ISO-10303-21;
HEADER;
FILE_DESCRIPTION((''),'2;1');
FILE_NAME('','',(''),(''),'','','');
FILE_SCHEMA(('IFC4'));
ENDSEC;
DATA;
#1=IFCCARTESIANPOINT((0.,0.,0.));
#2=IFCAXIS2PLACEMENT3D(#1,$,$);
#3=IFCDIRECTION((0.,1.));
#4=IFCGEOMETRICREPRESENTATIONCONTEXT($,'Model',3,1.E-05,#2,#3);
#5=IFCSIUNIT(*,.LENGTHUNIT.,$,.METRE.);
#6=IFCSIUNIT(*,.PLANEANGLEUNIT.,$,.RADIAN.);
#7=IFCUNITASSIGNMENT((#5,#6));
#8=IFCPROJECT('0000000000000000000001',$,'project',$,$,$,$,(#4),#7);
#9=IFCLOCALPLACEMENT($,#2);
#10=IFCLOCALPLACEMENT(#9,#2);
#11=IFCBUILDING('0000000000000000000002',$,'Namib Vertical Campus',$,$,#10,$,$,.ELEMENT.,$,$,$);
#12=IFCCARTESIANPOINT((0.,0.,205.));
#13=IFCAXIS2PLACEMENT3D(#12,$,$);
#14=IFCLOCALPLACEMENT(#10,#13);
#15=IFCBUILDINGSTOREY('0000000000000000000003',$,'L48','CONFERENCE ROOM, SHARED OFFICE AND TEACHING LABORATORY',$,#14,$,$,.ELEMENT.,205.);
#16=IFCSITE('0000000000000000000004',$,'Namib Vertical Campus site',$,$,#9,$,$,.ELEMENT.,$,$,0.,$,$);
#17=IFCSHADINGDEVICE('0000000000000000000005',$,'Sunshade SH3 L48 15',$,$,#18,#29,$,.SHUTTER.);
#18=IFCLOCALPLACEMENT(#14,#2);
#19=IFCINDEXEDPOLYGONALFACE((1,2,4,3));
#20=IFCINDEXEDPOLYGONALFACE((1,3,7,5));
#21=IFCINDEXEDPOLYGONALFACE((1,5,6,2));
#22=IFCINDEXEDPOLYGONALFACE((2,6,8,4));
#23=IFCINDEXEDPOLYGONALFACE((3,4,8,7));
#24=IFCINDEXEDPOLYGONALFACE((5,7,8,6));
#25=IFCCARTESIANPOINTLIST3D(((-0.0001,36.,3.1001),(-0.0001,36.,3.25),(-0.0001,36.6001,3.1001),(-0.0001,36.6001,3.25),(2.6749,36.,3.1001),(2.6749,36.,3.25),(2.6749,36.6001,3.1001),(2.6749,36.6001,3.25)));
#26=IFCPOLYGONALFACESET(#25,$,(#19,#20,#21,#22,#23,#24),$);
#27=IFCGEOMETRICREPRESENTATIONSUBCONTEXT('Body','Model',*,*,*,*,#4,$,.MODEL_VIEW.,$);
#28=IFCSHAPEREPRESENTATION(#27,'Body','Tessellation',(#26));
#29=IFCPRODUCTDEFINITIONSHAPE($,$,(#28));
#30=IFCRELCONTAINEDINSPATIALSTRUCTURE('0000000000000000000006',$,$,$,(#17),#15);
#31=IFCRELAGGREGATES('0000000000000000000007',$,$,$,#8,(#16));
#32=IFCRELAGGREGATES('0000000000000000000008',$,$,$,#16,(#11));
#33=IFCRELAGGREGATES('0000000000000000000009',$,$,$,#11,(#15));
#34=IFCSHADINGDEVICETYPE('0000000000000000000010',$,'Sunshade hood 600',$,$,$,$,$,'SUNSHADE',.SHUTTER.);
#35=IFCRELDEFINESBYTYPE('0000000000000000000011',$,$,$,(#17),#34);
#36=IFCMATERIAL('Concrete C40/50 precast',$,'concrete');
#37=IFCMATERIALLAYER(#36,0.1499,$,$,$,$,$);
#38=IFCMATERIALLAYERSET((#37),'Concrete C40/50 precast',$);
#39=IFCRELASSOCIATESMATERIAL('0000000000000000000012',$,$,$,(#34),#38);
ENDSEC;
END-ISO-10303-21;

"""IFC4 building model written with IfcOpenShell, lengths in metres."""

from ifc_helpers import new_model, si_unit, direction, frame, origin, origin_2d, place, context, subcontext, project, spatial, rectangle, extrude, material, layer, layer_set, type_object, element, save


model = new_model("IFC4")

# Units and contexts
model_context = context("Model", 3, precision=1e-05, world=origin(), true_north=direction((0.0, 1.0)))
body_context = subcontext(model_context, "Body", "Model", "MODEL_VIEW")
ifc_project = project(units=[si_unit("LENGTHUNIT", "METRE"), si_unit("PLANEANGLEUNIT", "RADIAN")], contexts=[model_context])

# Site, building, storey
site_placement = place(None, origin())
site = spatial("IfcSite", under=ifc_project, at=site_placement, Name="Namib Vertical Campus site", CompositionType="ELEMENT", RefElevation=0.0)
building_placement = place(site_placement, origin())
building = spatial("IfcBuilding", under=site, at=building_placement, Name="Namib Vertical Campus", CompositionType="ELEMENT")
storey_placement = place(building_placement, frame((0.0, 0.0, 205.0)))
storey = spatial("IfcBuildingStorey", under=building, at=storey_placement, Name="L48", Description="CONFERENCE ROOM, SHARED OFFICE AND TEACHING LABORATORY", CompositionType="ELEMENT", Elevation=205.0)

# Shading device
ifc_material_1 = material(Name="Concrete C40/50 precast", Category="concrete")
ifc_layer_1 = layer(ifc_material_1, 0.1499)
ifc_layer_set_1 = layer_set([ifc_layer_1], Name="Concrete C40/50 precast")
shading_device_type = type_object("IfcShadingDeviceType", Name="Sunshade hood 600", ElementType="SUNSHADE", PredefinedType="SHUTTER", material=ifc_layer_set_1)
for number, where, z_axis, x_axis, name in (
    (1, (1.3374, 36.3, 3.1001), (0.0, 0.0, 1.0), (-1.0, 0.0, 0.0), "Sunshade SH3 L48 15"),
):
    element("IfcShadingDevice", number, at=place(storey_placement, frame(where, z_axis=z_axis, x_axis=x_axis)), inside=storey, type_object=shading_device_type, Name=name, PredefinedType="SHUTTER", context=body_context, shape_type="SweptSolid", body=[
        extrude(rectangle(XDim=2.675, YDim=0.6001, at=origin_2d()), origin(), (0.0, 0.0, 1.0), 0.1499),
    ])

save(model, "model.ifc")
